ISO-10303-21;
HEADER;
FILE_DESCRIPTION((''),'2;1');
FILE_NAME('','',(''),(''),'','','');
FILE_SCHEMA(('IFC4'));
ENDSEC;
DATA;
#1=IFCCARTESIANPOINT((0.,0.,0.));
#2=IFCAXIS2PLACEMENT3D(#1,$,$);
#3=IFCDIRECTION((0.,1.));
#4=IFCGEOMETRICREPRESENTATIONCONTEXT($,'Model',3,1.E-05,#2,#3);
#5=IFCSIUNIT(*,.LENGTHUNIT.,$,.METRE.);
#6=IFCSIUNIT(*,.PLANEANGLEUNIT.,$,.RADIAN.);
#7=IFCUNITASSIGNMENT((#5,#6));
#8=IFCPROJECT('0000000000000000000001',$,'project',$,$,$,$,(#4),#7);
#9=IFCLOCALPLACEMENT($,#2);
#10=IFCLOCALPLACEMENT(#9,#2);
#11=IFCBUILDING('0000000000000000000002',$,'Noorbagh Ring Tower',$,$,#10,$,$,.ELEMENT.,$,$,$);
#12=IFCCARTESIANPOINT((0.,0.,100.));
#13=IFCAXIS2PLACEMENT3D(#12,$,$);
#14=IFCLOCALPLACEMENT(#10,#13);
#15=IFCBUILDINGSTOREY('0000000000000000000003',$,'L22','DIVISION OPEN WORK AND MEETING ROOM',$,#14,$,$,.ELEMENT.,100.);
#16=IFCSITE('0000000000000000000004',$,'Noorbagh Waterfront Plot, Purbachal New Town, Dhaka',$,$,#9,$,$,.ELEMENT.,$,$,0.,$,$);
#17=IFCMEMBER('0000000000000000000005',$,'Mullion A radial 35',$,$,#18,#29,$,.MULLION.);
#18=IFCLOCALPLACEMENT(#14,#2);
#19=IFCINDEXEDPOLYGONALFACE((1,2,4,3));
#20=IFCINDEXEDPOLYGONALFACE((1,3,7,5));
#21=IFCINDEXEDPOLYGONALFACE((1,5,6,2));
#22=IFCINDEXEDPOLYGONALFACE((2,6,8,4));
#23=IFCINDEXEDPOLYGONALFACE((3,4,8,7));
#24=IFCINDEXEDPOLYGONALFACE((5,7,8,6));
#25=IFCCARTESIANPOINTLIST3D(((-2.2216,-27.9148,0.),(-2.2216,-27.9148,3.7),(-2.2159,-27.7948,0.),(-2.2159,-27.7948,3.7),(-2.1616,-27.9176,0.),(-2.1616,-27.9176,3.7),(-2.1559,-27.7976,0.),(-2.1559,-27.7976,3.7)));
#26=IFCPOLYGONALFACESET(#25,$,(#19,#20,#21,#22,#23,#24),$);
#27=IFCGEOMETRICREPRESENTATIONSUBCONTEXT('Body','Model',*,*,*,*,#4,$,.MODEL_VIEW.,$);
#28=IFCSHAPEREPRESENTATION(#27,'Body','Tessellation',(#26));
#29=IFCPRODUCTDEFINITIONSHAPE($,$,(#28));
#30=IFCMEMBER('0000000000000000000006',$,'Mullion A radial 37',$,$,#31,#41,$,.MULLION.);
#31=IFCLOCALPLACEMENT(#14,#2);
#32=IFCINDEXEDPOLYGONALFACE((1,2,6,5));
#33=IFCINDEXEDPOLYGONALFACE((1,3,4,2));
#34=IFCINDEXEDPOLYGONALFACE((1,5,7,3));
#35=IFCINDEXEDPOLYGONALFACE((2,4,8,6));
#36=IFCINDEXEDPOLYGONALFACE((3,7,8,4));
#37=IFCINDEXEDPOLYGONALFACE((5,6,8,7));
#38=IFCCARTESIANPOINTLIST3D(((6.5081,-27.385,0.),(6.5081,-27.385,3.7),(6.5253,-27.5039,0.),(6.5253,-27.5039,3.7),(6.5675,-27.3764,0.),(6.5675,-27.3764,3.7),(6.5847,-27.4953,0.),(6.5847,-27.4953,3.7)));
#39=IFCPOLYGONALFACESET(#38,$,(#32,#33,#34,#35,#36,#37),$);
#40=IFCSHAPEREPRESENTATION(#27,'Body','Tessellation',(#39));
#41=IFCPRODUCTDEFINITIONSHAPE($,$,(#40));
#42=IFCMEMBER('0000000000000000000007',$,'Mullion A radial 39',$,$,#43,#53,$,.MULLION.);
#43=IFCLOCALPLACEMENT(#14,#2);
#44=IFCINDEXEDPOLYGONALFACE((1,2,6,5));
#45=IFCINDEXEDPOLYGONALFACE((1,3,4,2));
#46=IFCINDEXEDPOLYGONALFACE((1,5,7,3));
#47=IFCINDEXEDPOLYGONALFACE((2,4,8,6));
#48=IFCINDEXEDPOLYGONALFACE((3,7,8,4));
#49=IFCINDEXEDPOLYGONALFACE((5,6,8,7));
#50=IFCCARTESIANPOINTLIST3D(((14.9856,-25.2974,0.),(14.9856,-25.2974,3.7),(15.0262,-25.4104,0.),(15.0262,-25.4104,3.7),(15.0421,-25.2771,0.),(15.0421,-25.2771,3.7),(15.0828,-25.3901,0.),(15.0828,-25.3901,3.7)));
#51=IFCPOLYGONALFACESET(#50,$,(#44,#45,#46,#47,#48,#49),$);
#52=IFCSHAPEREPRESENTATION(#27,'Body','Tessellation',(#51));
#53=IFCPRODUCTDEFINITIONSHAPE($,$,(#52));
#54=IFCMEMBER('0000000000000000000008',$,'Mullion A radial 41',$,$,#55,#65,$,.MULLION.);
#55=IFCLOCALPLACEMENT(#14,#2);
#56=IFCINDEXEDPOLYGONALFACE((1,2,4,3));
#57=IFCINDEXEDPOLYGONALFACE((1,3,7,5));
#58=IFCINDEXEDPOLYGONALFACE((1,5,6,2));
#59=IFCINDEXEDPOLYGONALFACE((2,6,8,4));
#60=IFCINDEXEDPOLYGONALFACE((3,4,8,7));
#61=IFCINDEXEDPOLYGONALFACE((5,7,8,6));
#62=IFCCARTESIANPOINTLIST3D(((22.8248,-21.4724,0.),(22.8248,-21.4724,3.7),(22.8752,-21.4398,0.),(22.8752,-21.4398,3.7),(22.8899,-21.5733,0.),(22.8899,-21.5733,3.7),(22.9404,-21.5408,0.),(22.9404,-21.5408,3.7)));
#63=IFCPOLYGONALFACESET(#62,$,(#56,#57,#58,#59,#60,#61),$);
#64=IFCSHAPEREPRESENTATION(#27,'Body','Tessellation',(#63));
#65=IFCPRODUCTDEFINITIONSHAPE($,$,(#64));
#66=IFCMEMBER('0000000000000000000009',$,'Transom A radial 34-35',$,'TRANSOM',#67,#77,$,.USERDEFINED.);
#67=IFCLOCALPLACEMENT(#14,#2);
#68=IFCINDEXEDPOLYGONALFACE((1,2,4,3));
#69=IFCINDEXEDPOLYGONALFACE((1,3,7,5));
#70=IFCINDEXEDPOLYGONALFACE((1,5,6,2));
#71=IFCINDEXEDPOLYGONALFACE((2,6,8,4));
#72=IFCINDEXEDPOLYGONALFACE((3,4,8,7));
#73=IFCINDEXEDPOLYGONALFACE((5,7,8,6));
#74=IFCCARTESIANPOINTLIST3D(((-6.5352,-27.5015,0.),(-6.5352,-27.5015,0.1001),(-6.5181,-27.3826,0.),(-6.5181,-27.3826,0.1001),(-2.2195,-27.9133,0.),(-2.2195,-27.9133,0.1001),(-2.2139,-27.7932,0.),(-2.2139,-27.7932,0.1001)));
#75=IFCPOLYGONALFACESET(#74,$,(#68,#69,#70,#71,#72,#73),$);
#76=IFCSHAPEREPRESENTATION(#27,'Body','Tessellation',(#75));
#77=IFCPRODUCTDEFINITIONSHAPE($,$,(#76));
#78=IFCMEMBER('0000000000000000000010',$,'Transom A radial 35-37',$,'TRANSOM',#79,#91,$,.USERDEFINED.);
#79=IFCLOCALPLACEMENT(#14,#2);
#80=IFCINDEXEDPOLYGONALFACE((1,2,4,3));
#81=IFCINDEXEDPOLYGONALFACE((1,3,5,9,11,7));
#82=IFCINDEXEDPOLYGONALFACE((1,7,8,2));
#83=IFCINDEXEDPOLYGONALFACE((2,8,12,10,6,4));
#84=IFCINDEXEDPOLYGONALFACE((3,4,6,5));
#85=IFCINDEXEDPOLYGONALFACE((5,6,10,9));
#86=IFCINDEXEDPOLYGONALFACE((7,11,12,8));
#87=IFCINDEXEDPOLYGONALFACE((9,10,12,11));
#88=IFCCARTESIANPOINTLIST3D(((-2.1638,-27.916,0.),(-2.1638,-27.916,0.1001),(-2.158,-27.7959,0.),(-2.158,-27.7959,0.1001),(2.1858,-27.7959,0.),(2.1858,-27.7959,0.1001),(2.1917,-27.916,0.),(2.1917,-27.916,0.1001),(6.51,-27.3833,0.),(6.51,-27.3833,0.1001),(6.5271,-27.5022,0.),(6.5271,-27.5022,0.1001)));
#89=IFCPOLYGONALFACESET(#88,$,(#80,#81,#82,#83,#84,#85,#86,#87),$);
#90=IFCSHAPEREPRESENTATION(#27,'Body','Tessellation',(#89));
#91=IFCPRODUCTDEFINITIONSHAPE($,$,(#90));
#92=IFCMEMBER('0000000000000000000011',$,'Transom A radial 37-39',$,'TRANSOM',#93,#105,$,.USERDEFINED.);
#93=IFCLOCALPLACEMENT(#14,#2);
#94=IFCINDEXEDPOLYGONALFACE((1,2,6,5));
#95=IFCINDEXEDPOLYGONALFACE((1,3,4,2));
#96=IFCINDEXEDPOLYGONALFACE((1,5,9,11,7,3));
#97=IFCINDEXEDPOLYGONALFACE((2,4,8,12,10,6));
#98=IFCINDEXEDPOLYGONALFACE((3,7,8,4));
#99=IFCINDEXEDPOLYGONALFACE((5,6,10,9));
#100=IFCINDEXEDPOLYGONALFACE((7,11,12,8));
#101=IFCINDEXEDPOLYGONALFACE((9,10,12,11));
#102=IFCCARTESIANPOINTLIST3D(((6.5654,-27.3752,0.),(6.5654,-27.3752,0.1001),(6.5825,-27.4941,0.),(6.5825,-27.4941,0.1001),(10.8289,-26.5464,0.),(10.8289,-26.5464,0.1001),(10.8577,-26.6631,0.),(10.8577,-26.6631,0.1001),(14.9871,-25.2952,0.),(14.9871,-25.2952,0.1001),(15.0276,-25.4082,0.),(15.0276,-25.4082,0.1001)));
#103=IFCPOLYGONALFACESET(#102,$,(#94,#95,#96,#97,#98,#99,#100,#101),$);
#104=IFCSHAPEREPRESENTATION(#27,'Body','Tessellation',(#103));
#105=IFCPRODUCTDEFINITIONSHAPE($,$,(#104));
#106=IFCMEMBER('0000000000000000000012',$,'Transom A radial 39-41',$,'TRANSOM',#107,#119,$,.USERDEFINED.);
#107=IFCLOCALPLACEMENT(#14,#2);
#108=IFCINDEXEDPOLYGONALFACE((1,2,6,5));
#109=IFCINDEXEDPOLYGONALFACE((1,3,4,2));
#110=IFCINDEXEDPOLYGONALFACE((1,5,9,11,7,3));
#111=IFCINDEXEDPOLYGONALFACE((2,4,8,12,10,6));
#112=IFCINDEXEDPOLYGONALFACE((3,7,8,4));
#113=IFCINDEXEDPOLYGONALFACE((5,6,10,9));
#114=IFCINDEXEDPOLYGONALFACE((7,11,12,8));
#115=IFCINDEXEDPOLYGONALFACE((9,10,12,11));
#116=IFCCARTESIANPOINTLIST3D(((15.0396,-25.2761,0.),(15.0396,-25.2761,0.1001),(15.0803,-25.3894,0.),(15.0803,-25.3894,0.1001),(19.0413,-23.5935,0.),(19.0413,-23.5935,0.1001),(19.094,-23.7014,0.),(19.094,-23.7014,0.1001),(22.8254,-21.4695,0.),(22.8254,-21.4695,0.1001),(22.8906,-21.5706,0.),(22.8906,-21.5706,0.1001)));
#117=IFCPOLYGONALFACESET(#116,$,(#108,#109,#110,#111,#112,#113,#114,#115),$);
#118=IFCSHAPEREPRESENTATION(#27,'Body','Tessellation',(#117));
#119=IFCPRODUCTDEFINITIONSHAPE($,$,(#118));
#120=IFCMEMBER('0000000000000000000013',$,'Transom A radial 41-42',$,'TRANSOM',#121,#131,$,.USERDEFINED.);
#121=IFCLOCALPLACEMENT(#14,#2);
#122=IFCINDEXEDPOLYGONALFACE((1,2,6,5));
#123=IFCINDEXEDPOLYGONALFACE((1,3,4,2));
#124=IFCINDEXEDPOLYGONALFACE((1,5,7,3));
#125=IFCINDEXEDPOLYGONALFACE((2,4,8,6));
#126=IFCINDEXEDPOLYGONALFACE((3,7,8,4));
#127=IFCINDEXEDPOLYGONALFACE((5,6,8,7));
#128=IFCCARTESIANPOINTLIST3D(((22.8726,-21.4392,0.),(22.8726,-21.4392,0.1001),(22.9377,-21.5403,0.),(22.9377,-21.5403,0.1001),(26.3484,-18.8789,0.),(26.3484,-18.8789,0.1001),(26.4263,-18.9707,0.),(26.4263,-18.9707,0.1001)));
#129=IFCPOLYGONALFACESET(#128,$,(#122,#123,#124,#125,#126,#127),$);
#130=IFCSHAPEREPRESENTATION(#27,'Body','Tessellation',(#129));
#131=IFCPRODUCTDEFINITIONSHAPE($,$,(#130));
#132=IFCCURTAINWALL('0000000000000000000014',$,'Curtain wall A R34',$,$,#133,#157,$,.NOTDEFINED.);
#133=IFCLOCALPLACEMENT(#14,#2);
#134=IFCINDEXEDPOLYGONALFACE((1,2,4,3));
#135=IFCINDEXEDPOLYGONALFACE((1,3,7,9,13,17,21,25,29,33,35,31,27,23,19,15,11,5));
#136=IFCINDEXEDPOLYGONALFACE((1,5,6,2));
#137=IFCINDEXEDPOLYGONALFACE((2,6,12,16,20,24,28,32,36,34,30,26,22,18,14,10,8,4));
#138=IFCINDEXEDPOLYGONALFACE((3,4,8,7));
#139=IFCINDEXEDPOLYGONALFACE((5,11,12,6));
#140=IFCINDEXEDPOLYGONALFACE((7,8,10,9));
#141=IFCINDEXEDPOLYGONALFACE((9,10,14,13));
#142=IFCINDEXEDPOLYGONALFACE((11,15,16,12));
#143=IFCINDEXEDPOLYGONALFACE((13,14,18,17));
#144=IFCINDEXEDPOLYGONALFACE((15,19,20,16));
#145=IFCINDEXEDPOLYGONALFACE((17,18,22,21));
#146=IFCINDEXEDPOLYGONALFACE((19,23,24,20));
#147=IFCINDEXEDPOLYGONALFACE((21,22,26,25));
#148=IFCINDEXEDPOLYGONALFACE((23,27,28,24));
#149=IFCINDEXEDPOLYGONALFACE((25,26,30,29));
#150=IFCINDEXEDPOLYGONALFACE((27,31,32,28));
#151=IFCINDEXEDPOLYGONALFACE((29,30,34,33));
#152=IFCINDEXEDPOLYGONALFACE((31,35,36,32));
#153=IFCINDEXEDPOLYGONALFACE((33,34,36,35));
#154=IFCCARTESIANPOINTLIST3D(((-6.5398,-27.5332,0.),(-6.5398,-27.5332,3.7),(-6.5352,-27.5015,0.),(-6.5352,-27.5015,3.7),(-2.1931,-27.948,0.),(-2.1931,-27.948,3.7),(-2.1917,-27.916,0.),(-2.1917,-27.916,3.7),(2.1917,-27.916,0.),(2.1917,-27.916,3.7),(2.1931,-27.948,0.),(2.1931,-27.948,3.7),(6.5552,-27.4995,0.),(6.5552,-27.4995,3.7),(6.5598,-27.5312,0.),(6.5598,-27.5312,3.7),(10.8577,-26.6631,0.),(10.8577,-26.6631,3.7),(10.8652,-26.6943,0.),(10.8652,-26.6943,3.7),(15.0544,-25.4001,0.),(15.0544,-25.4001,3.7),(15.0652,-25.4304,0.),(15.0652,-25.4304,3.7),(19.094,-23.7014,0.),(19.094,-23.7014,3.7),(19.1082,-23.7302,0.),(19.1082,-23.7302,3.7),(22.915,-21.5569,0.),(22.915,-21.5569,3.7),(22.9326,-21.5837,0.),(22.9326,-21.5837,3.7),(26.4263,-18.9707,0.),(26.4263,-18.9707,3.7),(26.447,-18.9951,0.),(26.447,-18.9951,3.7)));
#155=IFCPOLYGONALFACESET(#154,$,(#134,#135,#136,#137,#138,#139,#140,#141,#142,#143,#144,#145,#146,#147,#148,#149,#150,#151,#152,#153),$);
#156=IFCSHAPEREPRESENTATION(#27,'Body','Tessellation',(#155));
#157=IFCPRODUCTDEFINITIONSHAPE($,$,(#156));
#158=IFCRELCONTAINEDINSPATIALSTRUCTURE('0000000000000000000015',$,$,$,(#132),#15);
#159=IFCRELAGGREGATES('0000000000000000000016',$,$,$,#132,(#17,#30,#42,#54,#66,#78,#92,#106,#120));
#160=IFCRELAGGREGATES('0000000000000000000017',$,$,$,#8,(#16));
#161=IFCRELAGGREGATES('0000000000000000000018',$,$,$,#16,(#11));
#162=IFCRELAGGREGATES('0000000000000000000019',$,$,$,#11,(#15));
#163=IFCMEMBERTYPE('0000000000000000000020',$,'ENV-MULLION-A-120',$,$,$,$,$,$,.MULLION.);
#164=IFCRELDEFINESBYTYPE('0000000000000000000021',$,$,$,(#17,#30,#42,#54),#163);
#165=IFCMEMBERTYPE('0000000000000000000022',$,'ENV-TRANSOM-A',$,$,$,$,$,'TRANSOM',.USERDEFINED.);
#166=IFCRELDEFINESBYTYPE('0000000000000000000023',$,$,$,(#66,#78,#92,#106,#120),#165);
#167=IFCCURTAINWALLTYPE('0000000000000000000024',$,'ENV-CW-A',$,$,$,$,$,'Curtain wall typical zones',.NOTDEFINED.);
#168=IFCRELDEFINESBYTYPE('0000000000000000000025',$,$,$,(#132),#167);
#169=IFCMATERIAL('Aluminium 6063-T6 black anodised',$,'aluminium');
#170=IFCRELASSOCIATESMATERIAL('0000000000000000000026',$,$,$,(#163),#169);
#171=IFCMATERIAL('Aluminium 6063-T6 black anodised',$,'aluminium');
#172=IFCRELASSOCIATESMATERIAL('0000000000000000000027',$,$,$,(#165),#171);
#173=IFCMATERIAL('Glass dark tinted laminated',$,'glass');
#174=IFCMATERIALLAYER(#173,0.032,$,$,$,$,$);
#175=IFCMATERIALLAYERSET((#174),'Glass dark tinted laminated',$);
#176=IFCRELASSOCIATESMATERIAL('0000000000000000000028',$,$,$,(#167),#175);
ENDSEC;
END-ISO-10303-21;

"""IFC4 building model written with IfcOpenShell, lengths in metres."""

from ifc_helpers import new_model, si_unit, direction, frame, origin, origin_2d, place, context, subcontext, project, spatial, polyline, rectangle, outline, extrude, material, layer, layer_set, material_profile, profile_set, type_object, element, aggregate, save


model = new_model("IFC4")

# Units and contexts
model_context = context("Model", 3, precision=1e-05, world=origin(), true_north=direction((0.0, 1.0)))
body_context = subcontext(model_context, "Body", "Model", "MODEL_VIEW")
ifc_project = project(units=[si_unit("LENGTHUNIT", "METRE"), si_unit("PLANEANGLEUNIT", "RADIAN")], contexts=[model_context])

# Members
ifc_material_1 = material(Name="Aluminium 6063-T6 black anodised", Category="aluminium")
ifc_material_profile_1 = material_profile(ifc_material_1, rectangle(XDim=0.1201, YDim=0.0601, at=origin_2d()), Name="120x60")
ifc_profile_set_1 = profile_set([ifc_material_profile_1], Name="Aluminium 6063-T6 black anodised")
member_type_1 = type_object("IfcMemberType", Name="ENV-MULLION-A-120", PredefinedType="MULLION", material=ifc_profile_set_1)
site_placement = place(None, origin())
building_placement = place(site_placement, origin())
storey_placement = place(building_placement, frame((0.0, 0.0, 100.0)))
member_1_placement = place(storey_placement, frame((-2.1887, -27.8562, 0.0), z_axis=(0.0, 0.0, 1.0), x_axis=(0.047558, 0.998868, 0.0)))
member_1 = element("IfcMember", 1, at=member_1_placement, type_object=member_type_1, Name="Mullion A radial 35", PredefinedType="MULLION", context=body_context, shape_type="SweptSolid", body=[
    extrude(rectangle(XDim=0.1201, YDim=0.0601, at=origin_2d()), origin(), (0.0, 0.0, 1.0), 3.7),
])
member_2_placement = place(storey_placement, frame((6.5464, -27.4402, 0.0), z_axis=(0.0, 0.0, 1.0), x_axis=(-0.143082, 0.989711, 0.0)))
member_2 = element("IfcMember", 2, at=member_2_placement, type_object=member_type_1, Name="Mullion A radial 37", PredefinedType="MULLION", context=body_context, shape_type="SweptSolid", body=[
    extrude(rectangle(XDim=0.1201, YDim=0.0601, at=origin_2d()), origin(), (0.0, 0.0, 1.0), 3.7),
])
member_3_placement = place(storey_placement, frame((15.0342, -25.3438, 0.0), z_axis=(0.0, 0.0, 1.0), x_axis=(-0.338379, 0.94101, 0.0)))
member_3 = element("IfcMember", 3, at=member_3_placement, type_object=member_type_1, Name="Mullion A radial 39", PredefinedType="MULLION", context=body_context, shape_type="SweptSolid", body=[
    extrude(rectangle(XDim=0.1201, YDim=0.0601, at=origin_2d()), origin(), (0.0, 0.0, 1.0), 3.7),
])
member_4_placement = place(storey_placement, frame((22.8826, -21.5066, 0.0), z_axis=(0.0, 0.0, 1.0), x_axis=(-0.542279, 0.840198, 0.0)))
member_4 = element("IfcMember", 4, at=member_4_placement, type_object=member_type_1, Name="Mullion A radial 41", PredefinedType="MULLION", context=body_context, shape_type="SweptSolid", body=[
    extrude(rectangle(XDim=0.1201, YDim=0.0601, at=origin_2d()), origin(), (0.0, 0.0, 1.0), 3.7),
])
ifc_material_2 = material(Name="Aluminium 6063-T6 black anodised", Category="aluminium")
member_type_2 = type_object("IfcMemberType", Name="ENV-TRANSOM-A", ElementType="TRANSOM", PredefinedType="USERDEFINED", material=ifc_material_2)
member_5_placement = place(storey_placement, origin())
member_5 = element("IfcMember", 5, at=member_5_placement, type_object=member_type_2, Name="Transom A radial 34-35", ObjectType="TRANSOM", PredefinedType="USERDEFINED", context=body_context, shape_type="SweptSolid", body=[
    extrude(outline(polyline([(-6.5352, -27.5015), (-2.2195, -27.9133), (-2.2139, -27.7932), (-6.5181, -27.3826), (-6.5352, -27.5015)])), origin(), (0.0, 0.0, 1.0), 0.1001),
])
member_6_placement = place(storey_placement, origin())
member_6 = element("IfcMember", 6, at=member_6_placement, type_object=member_type_2, Name="Transom A radial 35-37", ObjectType="TRANSOM", PredefinedType="USERDEFINED", context=body_context, shape_type="SweptSolid", body=[
    extrude(outline(polyline([(-2.1638, -27.916), (2.1917, -27.916), (6.5271, -27.5022), (6.51, -27.3833), (2.1858, -27.7959), (-2.158, -27.7959), (-2.1638, -27.916)])), origin(), (0.0, 0.0, 1.0), 0.1001),
])
member_7_placement = place(storey_placement, origin())
member_7 = element("IfcMember", 7, at=member_7_placement, type_object=member_type_2, Name="Transom A radial 37-39", ObjectType="TRANSOM", PredefinedType="USERDEFINED", context=body_context, shape_type="SweptSolid", body=[
    extrude(outline(polyline([(6.5825, -27.4941), (10.8577, -26.6631), (15.0276, -25.4082), (14.9871, -25.2952), (10.8289, -26.5464), (6.5654, -27.3752), (6.5825, -27.4941)])), origin(), (0.0, 0.0, 1.0), 0.1001),
])
member_8_placement = place(storey_placement, origin())
member_8 = element("IfcMember", 8, at=member_8_placement, type_object=member_type_2, Name="Transom A radial 39-41", ObjectType="TRANSOM", PredefinedType="USERDEFINED", context=body_context, shape_type="SweptSolid", body=[
    extrude(outline(polyline([(15.0803, -25.3894), (19.094, -23.7014), (22.8906, -21.5706), (22.8254, -21.4695), (19.0413, -23.5935), (15.0396, -25.2761), (15.0803, -25.3894)])), origin(), (0.0, 0.0, 1.0), 0.1001),
])
member_9_placement = place(storey_placement, origin())
member_9 = element("IfcMember", 9, at=member_9_placement, type_object=member_type_2, Name="Transom A radial 41-42", ObjectType="TRANSOM", PredefinedType="USERDEFINED", context=body_context, shape_type="SweptSolid", body=[
    extrude(outline(polyline([(22.9377, -21.5403), (26.4263, -18.9707), (26.3484, -18.8789), (22.8726, -21.4392), (22.9377, -21.5403)])), origin(), (0.0, 0.0, 1.0), 0.1001),
])

# Site, building, storey
site = spatial("IfcSite", under=ifc_project, at=site_placement, Name="Noorbagh Waterfront Plot, Purbachal New Town, Dhaka", CompositionType="ELEMENT", RefElevation=0.0)
building = spatial("IfcBuilding", under=site, at=building_placement, Name="Noorbagh Ring Tower", CompositionType="ELEMENT")
storey = spatial("IfcBuildingStorey", under=building, at=storey_placement, Name="L22", Description="DIVISION OPEN WORK AND MEETING ROOM", CompositionType="ELEMENT", Elevation=100.0)

# Curtain wall
ifc_material_3 = material(Name="Glass dark tinted laminated", Category="glass")
ifc_layer_1 = layer(ifc_material_3, 0.032)
ifc_layer_set_1 = layer_set([ifc_layer_1], Name="Glass dark tinted laminated")
curtain_wall_type_1 = type_object("IfcCurtainWallType", Name="ENV-CW-A", ElementType="Curtain wall typical zones", PredefinedType="NOTDEFINED", material=ifc_layer_set_1)
curtain_wall_1_placement = place(storey_placement, origin())
curtain_wall_1 = element("IfcCurtainWall", 10, at=curtain_wall_1_placement, inside=storey, type_object=curtain_wall_type_1, Name="Curtain wall A R34", PredefinedType="NOTDEFINED", context=body_context, shape_type="SweptSolid", body=[
    extrude(outline(polyline([(-6.5398, -27.5332), (-2.1931, -27.948), (2.1931, -27.948), (6.5598, -27.5312), (10.8652, -26.6943), (15.0652, -25.4304), (19.1082, -23.7302), (22.9326, -21.5837), (26.447, -18.9951), (26.4263, -18.9707), (22.915, -21.5569), (19.094, -23.7014), (15.0544, -25.4001), (10.8577, -26.6631), (6.5552, -27.4995), (2.1917, -27.916), (-2.1917, -27.916), (-6.5352, -27.5015), (-6.5398, -27.5332)])), origin(), (0.0, 0.0, 1.0), 3.7),
])
aggregate(curtain_wall_1, [member_1, member_2, member_3, member_4, member_5, member_6, member_7, member_8, member_9])

save(model, "model.ifc")
